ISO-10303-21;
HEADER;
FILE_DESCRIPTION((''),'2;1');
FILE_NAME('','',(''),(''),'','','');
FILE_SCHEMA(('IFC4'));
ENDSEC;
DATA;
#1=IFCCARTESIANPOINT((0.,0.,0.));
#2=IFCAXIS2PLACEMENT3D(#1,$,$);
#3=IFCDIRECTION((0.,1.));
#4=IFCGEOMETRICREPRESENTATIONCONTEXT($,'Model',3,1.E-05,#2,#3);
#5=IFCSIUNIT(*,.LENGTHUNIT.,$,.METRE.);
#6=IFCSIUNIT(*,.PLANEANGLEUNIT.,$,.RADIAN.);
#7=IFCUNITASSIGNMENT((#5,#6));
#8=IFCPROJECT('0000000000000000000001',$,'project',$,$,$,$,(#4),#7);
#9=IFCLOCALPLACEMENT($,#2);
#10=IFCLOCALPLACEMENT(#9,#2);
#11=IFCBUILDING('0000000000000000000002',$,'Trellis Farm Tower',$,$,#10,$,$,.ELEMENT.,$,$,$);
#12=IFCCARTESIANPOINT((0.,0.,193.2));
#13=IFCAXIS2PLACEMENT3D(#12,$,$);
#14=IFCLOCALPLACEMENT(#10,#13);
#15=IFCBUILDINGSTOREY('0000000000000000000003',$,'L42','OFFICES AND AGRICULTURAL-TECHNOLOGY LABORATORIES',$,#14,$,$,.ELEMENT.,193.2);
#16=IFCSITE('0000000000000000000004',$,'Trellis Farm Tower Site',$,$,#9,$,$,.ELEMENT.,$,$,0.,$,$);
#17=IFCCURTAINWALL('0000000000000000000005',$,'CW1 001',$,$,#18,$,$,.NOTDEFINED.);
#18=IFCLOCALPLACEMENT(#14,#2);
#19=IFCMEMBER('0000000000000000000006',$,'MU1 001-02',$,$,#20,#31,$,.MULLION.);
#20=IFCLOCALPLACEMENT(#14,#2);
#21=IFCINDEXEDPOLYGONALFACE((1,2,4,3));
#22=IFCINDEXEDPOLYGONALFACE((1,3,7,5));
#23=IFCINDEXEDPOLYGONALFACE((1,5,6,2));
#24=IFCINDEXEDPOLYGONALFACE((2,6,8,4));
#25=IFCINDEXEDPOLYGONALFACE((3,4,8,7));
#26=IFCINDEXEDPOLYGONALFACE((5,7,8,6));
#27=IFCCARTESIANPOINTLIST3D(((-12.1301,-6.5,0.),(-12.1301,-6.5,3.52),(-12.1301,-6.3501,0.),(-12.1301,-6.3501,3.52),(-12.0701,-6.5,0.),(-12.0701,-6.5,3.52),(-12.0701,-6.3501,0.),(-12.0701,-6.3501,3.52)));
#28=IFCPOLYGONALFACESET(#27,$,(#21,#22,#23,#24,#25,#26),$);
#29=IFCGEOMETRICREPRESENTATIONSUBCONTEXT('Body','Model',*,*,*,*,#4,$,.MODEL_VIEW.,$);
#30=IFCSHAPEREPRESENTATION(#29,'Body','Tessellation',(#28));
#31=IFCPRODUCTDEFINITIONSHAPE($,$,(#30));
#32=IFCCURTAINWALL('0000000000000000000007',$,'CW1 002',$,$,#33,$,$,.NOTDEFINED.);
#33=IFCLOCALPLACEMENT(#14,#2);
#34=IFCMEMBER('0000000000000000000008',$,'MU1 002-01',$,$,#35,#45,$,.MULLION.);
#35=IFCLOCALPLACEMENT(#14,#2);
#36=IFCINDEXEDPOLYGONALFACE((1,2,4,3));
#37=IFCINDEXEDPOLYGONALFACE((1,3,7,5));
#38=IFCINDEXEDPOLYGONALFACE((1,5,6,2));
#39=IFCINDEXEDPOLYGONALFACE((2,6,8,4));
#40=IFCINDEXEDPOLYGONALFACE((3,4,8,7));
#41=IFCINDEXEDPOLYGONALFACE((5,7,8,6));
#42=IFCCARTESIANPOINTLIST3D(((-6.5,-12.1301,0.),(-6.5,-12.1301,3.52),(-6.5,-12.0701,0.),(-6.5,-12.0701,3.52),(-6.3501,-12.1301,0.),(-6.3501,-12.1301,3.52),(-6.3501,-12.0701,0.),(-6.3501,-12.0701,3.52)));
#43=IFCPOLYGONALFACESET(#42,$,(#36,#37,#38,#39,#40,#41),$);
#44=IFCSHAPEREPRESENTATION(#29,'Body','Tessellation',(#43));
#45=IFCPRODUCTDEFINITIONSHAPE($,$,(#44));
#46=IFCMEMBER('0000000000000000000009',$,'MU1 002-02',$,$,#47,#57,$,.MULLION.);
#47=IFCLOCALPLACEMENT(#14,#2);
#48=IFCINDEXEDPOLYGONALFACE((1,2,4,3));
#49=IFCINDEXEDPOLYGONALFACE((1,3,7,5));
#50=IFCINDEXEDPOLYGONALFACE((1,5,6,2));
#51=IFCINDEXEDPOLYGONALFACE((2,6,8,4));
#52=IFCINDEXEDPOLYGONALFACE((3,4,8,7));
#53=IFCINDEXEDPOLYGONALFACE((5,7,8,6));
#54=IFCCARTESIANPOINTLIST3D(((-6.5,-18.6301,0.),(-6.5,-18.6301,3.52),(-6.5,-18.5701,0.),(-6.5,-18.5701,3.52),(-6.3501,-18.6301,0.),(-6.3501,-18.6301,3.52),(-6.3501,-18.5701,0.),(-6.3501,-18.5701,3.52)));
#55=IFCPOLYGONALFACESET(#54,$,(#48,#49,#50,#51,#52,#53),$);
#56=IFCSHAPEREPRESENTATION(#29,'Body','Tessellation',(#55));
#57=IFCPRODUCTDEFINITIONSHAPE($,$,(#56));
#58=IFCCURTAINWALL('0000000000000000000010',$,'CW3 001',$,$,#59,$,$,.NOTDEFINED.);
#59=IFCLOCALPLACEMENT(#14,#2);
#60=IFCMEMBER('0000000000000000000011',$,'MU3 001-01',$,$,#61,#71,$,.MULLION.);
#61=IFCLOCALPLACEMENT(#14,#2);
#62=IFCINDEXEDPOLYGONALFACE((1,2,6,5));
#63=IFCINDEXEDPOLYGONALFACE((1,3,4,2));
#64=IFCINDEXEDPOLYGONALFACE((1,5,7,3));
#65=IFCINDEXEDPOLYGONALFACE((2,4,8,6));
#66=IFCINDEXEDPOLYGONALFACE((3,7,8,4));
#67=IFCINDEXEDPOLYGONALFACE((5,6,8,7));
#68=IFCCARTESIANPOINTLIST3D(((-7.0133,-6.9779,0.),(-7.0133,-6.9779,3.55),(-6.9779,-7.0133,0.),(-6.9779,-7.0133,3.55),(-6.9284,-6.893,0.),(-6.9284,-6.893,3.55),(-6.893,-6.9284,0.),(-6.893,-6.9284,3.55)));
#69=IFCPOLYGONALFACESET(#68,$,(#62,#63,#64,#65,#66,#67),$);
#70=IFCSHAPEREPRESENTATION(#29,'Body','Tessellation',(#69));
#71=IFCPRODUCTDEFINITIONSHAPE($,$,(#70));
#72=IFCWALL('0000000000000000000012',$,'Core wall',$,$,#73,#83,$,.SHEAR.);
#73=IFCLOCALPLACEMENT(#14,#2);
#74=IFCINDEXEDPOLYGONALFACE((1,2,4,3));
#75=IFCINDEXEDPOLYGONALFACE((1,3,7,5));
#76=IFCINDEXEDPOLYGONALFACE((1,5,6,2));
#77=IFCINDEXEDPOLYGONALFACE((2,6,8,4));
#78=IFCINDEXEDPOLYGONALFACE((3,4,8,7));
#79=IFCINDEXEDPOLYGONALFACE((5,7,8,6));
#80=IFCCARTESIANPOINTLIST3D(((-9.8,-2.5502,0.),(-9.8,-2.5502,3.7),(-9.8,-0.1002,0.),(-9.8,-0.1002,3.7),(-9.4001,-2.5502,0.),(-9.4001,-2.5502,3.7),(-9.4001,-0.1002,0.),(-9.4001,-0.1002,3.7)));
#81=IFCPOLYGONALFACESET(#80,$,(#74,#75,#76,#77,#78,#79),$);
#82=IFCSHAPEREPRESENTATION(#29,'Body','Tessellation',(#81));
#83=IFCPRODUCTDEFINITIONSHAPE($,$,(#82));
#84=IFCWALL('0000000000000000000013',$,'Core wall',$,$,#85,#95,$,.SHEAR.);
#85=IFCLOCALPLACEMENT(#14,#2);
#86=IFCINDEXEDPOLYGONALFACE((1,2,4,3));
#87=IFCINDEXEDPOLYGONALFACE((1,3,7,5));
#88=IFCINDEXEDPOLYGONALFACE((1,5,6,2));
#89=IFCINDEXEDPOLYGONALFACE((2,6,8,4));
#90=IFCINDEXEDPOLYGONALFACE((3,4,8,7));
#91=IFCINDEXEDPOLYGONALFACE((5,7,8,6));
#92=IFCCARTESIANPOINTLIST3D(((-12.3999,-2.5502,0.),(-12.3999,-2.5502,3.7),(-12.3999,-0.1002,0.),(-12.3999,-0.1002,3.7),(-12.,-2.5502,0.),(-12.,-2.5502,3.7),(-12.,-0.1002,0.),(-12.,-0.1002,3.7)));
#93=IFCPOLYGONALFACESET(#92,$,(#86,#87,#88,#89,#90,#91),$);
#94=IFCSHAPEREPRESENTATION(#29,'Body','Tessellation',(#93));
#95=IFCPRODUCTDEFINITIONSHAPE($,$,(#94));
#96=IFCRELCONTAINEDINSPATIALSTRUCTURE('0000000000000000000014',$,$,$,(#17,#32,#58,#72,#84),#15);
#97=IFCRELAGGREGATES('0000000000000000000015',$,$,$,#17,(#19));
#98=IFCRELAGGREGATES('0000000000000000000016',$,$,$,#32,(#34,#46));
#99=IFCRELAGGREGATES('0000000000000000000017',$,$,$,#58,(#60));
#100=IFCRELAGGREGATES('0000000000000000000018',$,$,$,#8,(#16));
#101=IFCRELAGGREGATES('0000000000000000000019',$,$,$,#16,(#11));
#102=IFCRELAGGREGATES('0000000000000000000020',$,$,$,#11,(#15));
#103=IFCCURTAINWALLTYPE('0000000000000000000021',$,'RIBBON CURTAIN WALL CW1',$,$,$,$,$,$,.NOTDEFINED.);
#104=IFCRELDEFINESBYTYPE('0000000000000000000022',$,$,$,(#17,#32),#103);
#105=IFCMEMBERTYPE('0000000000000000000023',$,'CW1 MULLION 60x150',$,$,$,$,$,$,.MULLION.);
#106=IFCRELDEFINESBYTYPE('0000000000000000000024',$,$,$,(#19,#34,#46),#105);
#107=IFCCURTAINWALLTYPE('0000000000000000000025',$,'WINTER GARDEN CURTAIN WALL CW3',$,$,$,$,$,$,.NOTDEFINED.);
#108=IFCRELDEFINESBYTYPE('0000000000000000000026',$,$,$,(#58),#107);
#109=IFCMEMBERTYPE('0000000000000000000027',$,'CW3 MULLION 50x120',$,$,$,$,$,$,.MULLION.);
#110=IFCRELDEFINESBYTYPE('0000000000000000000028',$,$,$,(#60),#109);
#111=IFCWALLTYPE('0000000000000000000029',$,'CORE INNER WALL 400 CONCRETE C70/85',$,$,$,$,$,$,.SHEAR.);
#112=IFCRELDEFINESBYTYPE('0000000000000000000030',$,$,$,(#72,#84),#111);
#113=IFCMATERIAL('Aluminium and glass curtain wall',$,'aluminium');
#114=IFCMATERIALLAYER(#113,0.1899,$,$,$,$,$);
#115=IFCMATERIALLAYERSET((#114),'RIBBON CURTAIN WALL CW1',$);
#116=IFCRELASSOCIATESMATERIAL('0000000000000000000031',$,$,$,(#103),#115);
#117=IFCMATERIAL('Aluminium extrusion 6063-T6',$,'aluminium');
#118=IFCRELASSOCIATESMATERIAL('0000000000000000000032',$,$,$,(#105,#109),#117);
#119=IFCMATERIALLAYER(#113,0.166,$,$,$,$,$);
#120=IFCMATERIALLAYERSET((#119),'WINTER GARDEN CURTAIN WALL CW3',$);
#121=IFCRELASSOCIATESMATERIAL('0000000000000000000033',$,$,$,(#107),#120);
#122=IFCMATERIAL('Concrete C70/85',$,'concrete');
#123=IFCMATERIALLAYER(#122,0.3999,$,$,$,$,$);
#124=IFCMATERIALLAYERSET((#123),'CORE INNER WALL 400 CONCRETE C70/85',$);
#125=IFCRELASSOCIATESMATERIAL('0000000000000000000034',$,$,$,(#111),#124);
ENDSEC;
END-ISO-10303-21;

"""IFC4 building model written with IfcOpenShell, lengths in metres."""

from ifc_helpers import new_model, si_unit, direction, frame, frame_2d, origin, origin_2d, place, context, subcontext, project, spatial, rectangle, extrude, source, transform, mapped, material, layer, layer_set, material_profile, profile_set, type_object, element, aggregate, save


model = new_model("IFC4")

# Units and contexts
model_context = context("Model", 3, precision=1e-05, world=origin(), true_north=direction((0.0, 1.0)))
body_context = subcontext(model_context, "Body", "Model", "MODEL_VIEW")
ifc_project = project(units=[si_unit("LENGTHUNIT", "METRE"), si_unit("PLANEANGLEUNIT", "RADIAN")], contexts=[model_context])

# Site, building, storey
site_placement = place(None, origin())
site = spatial("IfcSite", under=ifc_project, at=site_placement, Name="Trellis Farm Tower Site", CompositionType="ELEMENT", RefElevation=0.0)
building_placement = place(site_placement, origin())
building = spatial("IfcBuilding", under=site, at=building_placement, Name="Trellis Farm Tower", CompositionType="ELEMENT")
storey_placement = place(building_placement, frame((0.0, 0.0, 193.2)))
storey = spatial("IfcBuildingStorey", under=building, at=storey_placement, Name="L42", Description="OFFICES AND AGRICULTURAL-TECHNOLOGY LABORATORIES", CompositionType="ELEMENT", Elevation=193.2)

# Shared definitions
ifc_material_1 = material(Name="Concrete C70/85", Category="concrete")

# Curtain wall, member
ifc_material_2 = material(Name="Aluminium and glass curtain wall", Category="aluminium")
ifc_layer_1 = layer(ifc_material_2, 0.1899)
ifc_layer_set_1 = layer_set([ifc_layer_1], Name="RIBBON CURTAIN WALL CW1")
curtain_wall_type_1 = type_object("IfcCurtainWallType", Name="RIBBON CURTAIN WALL CW1", PredefinedType="NOTDEFINED", material=ifc_layer_set_1)
placement = place(storey_placement, origin())
curtain_wall_1 = element("IfcCurtainWall", 1, at=placement, inside=storey, type_object=curtain_wall_type_1, Name="CW1 001", PredefinedType="NOTDEFINED")
ifc_material_3 = material(Name="Aluminium extrusion 6063-T6", Category="aluminium")
ifc_material_profile_1 = material_profile(ifc_material_3, rectangle(XDim=0.0601, YDim=0.1499, at=origin_2d()), Name="MULLION 60x150")
ifc_profile_set_1 = profile_set([ifc_material_profile_1], Name="Aluminium extrusion 6063-T6")
member_type_1 = type_object("IfcMemberType", Name="CW1 MULLION 60x150", PredefinedType="MULLION", material=ifc_profile_set_1)
shared_shape_1 = source(origin(), body_context, "Body", "SweptSolid", [
    extrude(rectangle(XDim=0.0601, YDim=0.1499, at=origin_2d()), origin(), (0.0, 0.0, 1.0), 3.52),
])
member_1_placement = place(storey_placement, frame((-12.1001, -6.425, 0.0), z_axis=(0.0, 0.0, 1.0), x_axis=(1.0, 0.0, 0.0)))
member_1 = element("IfcMember", 2, at=member_1_placement, type_object=member_type_1, Name="MU1 001-02", PredefinedType="MULLION", context=body_context, shape_type="MappedRepresentation", body=[
    mapped(shared_shape_1, transform((0.0, 0.0, 0.0))),
])
aggregate(curtain_wall_1, [member_1])

# Curtain wall, members
curtain_wall_2 = element("IfcCurtainWall", 3, at=placement, inside=storey, type_object=curtain_wall_type_1, Name="CW1 002", PredefinedType="NOTDEFINED")
member_2_placement = place(storey_placement, frame((-6.425, -12.1001, 0.0), z_axis=(0.0, 0.0, 1.0), x_axis=(0.0, -1.0, 0.0)))
member_2 = element("IfcMember", 4, at=member_2_placement, type_object=member_type_1, Name="MU1 002-01", PredefinedType="MULLION", context=body_context, shape_type="MappedRepresentation", body=[
    mapped(shared_shape_1, transform((0.0, 0.0, 0.0))),
])
member_3_placement = place(storey_placement, frame((-6.425, -18.6001, 0.0), z_axis=(0.0, 0.0, 1.0), x_axis=(0.0, -1.0, 0.0)))
member_3 = element("IfcMember", 5, at=member_3_placement, type_object=member_type_1, Name="MU1 002-02", PredefinedType="MULLION", context=body_context, shape_type="MappedRepresentation", body=[
    mapped(shared_shape_1, transform((0.0, 0.0, 0.0))),
])
aggregate(curtain_wall_2, [member_2, member_3])

# Curtain wall, member
ifc_layer_2 = layer(ifc_material_2, 0.166)
ifc_layer_set_2 = layer_set([ifc_layer_2], Name="WINTER GARDEN CURTAIN WALL CW3")
curtain_wall_type_2 = type_object("IfcCurtainWallType", Name="WINTER GARDEN CURTAIN WALL CW3", PredefinedType="NOTDEFINED", material=ifc_layer_set_2)
curtain_wall_3 = element("IfcCurtainWall", 6, at=placement, inside=storey, type_object=curtain_wall_type_2, Name="CW3 001", PredefinedType="NOTDEFINED")
ifc_material_profile_2 = material_profile(ifc_material_3, rectangle(XDim=0.05, YDim=0.1201, at=origin_2d()), Name="MULLION 50x120")
ifc_profile_set_2 = profile_set([ifc_material_profile_2], Name="Aluminium extrusion 6063-T6")
member_type_2 = type_object("IfcMemberType", Name="CW3 MULLION 50x120", PredefinedType="MULLION", material=ifc_profile_set_2)
shared_shape_2 = source(origin(), body_context, "Body", "SweptSolid", [
    extrude(rectangle(XDim=0.05, YDim=0.1201, at=origin_2d()), origin(), (0.0, 0.0, 1.0), 3.55),
])
member_4_placement = place(storey_placement, frame((-6.9531, -6.9531, 0.0), z_axis=(0.0, 0.0, 1.0), x_axis=(0.707107, -0.707107, 0.0)))
member_4 = element("IfcMember", 7, at=member_4_placement, type_object=member_type_2, Name="MU3 001-01", PredefinedType="MULLION", context=body_context, shape_type="MappedRepresentation", body=[
    mapped(shared_shape_2, transform((0.0, 0.0, 0.0))),
])
aggregate(curtain_wall_3, [member_4])

# Walls
ifc_layer_3 = layer(ifc_material_1, 0.3999)
ifc_layer_set_3 = layer_set([ifc_layer_3], Name="CORE INNER WALL 400 CONCRETE C70/85")
wall_type_1 = type_object("IfcWallType", Name="CORE INNER WALL 400 CONCRETE C70/85", PredefinedType="SHEAR", material=ifc_layer_set_3)
shared_shape_3 = source(origin(), body_context, "Body", "SweptSolid", [
    extrude(rectangle(XDim=2.45, YDim=0.3999, at=frame_2d((1.2251, 0.0))), origin(), (0.0, 0.0, 1.0), 3.7),
])
for number, where, z_axis, x_axis, name in (
    (8, (-9.6001, -0.1001, 0.0), (0.0, 0.0, 1.0), (0.0, -1.0, 0.0), "Core wall"),
    (9, (-12.2, -0.1001, 0.0), (0.0, 0.0, 1.0), (0.0, -1.0, 0.0), "Core wall"),
):
    element("IfcWall", number, at=place(storey_placement, frame(where, z_axis=z_axis, x_axis=x_axis)), inside=storey, type_object=wall_type_1, Name=name, PredefinedType="SHEAR", context=body_context, shape_type="MappedRepresentation", body=[
        mapped(shared_shape_3, transform((0.0, 0.0, 0.0))),
    ])

save(model, "model.ifc")
